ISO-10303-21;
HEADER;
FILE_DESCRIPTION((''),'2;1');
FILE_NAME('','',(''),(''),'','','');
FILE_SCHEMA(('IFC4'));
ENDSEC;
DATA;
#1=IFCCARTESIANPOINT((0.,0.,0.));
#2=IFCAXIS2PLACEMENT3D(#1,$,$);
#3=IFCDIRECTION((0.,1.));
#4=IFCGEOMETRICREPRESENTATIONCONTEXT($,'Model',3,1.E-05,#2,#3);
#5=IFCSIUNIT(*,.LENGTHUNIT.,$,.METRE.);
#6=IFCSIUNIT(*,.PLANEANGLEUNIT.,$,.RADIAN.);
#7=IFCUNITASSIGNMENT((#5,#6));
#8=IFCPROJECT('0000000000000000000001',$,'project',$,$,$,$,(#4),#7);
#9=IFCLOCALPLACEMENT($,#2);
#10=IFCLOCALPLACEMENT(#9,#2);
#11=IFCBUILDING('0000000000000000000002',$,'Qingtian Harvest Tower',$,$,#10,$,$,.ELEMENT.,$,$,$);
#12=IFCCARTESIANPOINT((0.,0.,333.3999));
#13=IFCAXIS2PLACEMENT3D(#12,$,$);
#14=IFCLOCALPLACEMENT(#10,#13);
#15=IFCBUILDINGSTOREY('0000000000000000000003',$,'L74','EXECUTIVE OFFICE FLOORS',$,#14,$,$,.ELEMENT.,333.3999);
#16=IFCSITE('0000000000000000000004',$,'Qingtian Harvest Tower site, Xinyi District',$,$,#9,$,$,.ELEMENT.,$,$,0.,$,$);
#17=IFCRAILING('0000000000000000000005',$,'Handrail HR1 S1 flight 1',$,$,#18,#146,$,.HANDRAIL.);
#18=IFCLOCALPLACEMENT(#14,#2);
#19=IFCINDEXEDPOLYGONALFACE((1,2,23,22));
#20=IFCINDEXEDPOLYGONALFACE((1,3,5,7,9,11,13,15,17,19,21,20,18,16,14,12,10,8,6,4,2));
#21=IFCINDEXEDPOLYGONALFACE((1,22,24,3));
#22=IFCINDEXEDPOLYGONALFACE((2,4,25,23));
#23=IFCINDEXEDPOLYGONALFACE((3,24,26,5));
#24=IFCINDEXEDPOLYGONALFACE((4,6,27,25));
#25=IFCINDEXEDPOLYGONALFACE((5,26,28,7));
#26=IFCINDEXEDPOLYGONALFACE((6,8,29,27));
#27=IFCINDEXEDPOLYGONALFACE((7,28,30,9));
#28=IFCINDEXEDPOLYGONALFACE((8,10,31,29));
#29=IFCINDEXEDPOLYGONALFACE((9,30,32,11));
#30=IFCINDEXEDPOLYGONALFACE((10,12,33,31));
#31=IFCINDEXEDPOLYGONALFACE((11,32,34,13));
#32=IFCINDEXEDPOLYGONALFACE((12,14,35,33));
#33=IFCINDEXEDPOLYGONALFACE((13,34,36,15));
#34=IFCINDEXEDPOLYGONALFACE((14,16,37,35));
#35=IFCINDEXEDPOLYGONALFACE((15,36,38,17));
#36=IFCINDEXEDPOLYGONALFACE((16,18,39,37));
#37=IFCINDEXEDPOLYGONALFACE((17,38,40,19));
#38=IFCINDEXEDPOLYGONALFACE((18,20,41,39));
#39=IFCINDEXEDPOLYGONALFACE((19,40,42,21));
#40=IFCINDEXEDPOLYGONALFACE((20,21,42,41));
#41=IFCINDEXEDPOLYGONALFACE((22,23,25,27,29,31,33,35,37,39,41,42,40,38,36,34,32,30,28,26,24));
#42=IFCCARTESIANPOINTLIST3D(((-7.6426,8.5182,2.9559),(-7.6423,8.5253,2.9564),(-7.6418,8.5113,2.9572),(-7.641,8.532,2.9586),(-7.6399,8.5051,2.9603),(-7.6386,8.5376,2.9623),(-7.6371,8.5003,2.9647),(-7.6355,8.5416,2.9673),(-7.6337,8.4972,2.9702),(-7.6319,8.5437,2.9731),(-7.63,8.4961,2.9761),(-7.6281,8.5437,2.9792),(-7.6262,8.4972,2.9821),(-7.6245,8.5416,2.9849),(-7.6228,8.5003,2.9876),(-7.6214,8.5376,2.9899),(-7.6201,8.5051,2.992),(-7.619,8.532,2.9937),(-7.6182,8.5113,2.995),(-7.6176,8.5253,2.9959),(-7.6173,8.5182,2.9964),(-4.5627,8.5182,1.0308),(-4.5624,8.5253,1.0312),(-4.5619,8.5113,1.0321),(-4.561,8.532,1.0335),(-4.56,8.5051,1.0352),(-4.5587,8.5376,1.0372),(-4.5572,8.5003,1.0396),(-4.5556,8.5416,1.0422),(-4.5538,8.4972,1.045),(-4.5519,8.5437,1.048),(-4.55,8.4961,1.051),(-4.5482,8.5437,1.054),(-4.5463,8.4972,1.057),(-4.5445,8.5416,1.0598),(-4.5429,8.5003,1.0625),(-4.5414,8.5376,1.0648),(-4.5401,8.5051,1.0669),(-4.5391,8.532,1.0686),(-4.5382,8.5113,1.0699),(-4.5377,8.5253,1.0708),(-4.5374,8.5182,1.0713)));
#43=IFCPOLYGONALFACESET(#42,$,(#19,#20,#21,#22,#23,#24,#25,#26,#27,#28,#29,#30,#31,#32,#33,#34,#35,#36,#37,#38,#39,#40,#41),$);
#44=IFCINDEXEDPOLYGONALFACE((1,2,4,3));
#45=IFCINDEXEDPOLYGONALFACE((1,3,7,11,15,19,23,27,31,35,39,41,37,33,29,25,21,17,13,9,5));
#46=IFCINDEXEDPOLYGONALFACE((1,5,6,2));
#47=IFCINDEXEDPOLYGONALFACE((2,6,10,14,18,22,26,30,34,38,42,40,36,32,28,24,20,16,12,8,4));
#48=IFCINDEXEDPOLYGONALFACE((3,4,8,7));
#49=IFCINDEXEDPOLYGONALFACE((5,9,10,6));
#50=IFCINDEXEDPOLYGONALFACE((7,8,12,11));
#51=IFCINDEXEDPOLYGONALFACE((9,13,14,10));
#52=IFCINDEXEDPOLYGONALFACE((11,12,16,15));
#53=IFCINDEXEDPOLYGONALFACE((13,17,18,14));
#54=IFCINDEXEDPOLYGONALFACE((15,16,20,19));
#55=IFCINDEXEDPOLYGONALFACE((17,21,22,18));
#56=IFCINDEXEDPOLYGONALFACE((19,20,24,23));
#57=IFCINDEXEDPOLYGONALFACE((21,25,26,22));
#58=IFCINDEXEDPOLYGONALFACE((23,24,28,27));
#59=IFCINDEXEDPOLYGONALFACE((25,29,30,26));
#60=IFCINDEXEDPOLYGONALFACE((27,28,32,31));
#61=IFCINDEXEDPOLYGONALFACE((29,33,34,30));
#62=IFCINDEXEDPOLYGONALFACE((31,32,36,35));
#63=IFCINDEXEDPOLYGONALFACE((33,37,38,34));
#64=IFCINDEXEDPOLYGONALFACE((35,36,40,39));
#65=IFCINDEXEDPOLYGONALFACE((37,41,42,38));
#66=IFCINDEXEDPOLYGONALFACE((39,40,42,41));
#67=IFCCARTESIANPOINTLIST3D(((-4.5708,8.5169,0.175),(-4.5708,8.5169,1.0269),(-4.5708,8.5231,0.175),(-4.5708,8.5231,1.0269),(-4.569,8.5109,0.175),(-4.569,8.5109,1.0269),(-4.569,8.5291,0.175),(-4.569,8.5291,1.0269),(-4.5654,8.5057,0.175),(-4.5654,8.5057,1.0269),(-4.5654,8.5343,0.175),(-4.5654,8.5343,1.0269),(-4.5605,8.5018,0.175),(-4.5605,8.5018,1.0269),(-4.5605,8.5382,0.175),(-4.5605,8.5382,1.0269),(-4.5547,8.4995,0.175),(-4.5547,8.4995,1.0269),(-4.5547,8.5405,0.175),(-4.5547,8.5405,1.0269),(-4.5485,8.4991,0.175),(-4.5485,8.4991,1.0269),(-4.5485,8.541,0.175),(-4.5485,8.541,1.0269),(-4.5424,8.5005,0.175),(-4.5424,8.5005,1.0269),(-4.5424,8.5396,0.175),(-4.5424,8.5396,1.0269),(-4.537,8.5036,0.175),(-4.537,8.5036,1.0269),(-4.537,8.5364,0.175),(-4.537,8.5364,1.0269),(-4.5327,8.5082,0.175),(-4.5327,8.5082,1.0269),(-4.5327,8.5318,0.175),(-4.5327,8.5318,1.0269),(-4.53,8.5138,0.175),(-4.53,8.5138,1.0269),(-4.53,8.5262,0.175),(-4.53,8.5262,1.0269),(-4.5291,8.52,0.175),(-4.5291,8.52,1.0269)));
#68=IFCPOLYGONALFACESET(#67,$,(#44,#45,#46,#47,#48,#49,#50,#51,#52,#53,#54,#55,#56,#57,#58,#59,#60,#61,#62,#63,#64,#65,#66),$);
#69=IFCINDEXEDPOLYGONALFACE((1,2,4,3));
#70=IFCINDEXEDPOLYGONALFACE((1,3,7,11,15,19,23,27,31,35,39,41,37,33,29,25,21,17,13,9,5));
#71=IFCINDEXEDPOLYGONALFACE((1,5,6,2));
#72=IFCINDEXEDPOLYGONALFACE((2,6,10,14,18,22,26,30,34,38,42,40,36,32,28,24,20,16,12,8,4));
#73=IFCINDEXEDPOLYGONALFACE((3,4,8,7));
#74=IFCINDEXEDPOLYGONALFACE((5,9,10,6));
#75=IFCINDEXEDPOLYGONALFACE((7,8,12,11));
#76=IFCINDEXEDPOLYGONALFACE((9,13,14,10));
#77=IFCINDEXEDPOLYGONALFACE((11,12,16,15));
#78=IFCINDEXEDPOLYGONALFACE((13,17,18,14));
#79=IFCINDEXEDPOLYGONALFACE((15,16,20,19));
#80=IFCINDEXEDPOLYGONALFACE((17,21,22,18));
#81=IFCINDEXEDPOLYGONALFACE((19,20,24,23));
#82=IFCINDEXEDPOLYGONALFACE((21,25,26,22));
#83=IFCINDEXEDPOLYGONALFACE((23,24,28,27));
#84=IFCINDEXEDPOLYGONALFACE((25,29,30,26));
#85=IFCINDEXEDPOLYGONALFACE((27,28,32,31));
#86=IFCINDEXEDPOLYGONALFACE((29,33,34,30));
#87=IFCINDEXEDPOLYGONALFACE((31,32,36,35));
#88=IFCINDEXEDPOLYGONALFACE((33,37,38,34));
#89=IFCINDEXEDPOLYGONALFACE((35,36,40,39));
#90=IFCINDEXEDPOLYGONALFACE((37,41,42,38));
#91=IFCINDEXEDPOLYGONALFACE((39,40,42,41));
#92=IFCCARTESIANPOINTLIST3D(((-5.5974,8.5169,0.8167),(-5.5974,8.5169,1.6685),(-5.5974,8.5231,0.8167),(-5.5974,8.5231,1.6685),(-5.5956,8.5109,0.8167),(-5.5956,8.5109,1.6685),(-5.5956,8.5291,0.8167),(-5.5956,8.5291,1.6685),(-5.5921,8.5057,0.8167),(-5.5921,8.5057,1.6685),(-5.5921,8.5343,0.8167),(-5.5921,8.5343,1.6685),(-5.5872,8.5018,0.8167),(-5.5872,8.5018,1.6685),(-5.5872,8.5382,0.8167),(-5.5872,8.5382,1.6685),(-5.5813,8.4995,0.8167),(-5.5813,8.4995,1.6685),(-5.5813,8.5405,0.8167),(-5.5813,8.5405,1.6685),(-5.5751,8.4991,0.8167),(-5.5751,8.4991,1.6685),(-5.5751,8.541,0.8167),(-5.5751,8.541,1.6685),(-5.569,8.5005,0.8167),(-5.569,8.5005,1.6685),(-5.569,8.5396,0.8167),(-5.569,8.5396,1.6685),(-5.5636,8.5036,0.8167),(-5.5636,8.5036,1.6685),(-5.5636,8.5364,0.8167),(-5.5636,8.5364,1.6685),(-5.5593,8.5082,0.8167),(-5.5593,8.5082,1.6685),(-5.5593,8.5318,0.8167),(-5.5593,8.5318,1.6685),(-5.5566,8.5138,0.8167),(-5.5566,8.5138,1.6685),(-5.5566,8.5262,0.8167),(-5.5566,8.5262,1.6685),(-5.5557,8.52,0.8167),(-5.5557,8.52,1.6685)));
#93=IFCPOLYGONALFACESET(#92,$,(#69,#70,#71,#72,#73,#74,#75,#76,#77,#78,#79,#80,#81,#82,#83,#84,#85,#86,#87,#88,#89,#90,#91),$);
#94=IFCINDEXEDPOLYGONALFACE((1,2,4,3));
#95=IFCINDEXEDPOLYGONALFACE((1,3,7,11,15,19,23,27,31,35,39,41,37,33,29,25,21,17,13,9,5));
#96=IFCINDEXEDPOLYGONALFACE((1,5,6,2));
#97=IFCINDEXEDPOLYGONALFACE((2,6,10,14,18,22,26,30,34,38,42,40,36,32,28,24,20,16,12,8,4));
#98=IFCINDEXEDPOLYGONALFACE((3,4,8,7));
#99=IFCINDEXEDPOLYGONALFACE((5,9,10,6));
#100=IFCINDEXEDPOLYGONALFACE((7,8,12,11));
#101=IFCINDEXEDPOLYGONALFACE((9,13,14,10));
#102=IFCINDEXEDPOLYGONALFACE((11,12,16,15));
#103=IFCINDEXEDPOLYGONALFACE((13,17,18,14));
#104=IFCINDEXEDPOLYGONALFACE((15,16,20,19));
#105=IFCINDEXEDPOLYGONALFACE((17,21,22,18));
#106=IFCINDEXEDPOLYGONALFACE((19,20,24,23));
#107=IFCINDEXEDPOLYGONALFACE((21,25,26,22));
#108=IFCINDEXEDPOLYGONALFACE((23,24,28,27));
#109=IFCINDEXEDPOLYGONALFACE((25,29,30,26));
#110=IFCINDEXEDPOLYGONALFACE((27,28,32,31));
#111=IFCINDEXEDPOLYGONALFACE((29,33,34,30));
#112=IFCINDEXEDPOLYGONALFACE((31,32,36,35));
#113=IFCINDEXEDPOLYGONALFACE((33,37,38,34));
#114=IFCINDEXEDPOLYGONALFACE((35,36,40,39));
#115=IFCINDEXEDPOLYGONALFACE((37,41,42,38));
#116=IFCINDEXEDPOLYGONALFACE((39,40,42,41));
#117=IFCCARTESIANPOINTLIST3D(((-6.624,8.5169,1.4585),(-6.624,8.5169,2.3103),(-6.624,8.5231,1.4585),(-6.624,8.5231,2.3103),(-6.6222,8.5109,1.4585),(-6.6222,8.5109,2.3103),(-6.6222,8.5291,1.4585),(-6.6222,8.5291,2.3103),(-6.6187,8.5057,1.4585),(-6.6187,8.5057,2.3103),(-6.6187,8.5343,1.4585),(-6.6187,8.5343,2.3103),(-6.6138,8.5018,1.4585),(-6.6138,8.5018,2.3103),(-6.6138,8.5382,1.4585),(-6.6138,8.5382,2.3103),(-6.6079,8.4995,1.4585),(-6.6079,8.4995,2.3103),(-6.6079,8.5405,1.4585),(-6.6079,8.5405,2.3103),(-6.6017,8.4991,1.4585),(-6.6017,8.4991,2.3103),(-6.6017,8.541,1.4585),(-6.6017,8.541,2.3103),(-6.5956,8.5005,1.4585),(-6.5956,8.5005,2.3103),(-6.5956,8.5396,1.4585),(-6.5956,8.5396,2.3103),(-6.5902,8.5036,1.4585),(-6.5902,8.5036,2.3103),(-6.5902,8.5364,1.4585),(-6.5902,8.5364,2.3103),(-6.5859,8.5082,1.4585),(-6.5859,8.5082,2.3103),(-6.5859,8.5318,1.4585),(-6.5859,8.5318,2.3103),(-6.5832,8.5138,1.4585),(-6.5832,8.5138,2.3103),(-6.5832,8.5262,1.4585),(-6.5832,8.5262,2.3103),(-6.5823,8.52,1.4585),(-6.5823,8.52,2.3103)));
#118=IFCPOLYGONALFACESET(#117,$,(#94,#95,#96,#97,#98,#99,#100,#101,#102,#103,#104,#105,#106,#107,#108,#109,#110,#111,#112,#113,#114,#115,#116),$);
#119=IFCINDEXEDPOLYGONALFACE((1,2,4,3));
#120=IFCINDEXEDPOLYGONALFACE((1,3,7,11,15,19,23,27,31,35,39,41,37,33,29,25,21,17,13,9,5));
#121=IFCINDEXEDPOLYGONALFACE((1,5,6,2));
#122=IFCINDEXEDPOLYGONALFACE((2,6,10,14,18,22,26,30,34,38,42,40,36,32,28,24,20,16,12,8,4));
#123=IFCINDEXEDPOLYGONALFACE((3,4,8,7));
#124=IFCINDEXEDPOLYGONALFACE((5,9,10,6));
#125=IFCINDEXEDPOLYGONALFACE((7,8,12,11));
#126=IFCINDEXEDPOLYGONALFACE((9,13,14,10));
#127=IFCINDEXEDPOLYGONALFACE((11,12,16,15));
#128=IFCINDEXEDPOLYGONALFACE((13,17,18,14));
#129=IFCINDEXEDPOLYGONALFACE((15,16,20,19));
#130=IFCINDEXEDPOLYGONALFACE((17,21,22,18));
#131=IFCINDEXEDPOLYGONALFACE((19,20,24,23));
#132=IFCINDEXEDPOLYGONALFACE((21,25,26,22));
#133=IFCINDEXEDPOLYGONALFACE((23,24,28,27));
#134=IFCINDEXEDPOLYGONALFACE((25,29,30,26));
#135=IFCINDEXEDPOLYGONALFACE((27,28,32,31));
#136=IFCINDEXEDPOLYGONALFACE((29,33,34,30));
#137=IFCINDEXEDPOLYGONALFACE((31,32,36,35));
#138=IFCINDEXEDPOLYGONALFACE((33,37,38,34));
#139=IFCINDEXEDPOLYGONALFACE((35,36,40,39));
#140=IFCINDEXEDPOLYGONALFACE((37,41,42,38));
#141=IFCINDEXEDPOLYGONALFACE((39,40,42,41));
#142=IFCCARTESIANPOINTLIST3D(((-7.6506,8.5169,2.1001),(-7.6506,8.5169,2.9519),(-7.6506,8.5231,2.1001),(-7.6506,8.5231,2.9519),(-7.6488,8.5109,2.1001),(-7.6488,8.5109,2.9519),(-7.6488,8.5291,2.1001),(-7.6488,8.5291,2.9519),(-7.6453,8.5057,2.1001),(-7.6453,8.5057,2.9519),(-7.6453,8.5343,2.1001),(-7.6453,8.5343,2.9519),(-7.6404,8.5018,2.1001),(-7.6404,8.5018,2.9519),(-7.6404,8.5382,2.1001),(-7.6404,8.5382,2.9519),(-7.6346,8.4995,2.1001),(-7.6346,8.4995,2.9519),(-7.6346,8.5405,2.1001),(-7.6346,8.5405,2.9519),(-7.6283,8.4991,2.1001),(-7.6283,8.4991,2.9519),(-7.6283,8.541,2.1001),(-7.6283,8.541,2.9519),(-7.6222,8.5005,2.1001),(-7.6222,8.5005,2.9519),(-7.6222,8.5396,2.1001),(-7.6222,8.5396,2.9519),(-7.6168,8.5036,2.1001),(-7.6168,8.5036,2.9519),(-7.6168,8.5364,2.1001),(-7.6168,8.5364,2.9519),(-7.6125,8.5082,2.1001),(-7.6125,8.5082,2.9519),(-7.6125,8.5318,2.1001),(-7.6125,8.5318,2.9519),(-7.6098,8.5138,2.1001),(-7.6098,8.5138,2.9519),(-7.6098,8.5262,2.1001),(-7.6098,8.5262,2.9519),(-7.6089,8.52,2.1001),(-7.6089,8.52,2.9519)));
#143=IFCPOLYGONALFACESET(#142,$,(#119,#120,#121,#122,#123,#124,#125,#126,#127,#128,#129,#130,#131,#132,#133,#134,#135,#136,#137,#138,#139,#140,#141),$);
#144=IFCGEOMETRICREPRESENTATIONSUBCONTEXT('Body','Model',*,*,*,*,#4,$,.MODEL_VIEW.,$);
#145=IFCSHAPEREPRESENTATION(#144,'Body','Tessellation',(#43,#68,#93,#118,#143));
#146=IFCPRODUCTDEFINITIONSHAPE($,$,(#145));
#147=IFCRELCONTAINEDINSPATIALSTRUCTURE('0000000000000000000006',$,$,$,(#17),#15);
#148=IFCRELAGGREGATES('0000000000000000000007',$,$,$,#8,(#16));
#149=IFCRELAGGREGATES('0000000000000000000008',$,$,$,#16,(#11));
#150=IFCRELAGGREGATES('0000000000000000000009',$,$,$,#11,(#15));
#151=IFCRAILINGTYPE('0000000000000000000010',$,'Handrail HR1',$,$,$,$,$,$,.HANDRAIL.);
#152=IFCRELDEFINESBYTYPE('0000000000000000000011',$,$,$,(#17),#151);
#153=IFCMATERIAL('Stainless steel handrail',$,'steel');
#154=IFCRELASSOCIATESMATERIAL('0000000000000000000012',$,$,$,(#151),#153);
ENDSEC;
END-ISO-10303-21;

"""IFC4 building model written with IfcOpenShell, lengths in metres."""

from ifc_helpers import new_model, si_unit, direction, frame, origin, origin_2d, place, context, subcontext, project, spatial, circle, extrude, material, type_object, element, save


model = new_model("IFC4")

# Units and contexts
model_context = context("Model", 3, precision=1e-05, world=origin(), true_north=direction((0.0, 1.0)))
body_context = subcontext(model_context, "Body", "Model", "MODEL_VIEW")
ifc_project = project(units=[si_unit("LENGTHUNIT", "METRE"), si_unit("PLANEANGLEUNIT", "RADIAN")], contexts=[model_context])

# Site, building, storey
site_placement = place(None, origin())
site = spatial("IfcSite", under=ifc_project, at=site_placement, Name="Qingtian Harvest Tower site, Xinyi District", CompositionType="ELEMENT", RefElevation=0.0)
building_placement = place(site_placement, origin())
building = spatial("IfcBuilding", under=site, at=building_placement, Name="Qingtian Harvest Tower", CompositionType="ELEMENT")
storey_placement = place(building_placement, frame((0.0, 0.0, 333.3999)))
storey = spatial("IfcBuildingStorey", under=building, at=storey_placement, Name="L74", Description="EXECUTIVE OFFICE FLOORS", CompositionType="ELEMENT", Elevation=333.3999)

# Railing
ifc_material_1 = material(Name="Stainless steel handrail", Category="steel")
railing_type = type_object("IfcRailingType", Name="Handrail HR1", PredefinedType="HANDRAIL", material=ifc_material_1)
railing_1_placement = place(storey_placement, frame((-4.55, 8.52, 0.175)))
element("IfcRailing", 1, at=railing_1_placement, inside=storey, type_object=railing_type, Name="Handrail HR1 S1 flight 1", PredefinedType="HANDRAIL", context=body_context, shape_type="SweptSolid", body=[
    extrude(circle(Radius=0.0239, at=origin_2d()), frame((0.0, 0.0, 0.876), z_axis=(-0.847979, 0.0, 0.530029), x_axis=(0.0, -1.0, 0.0)), (0.0, 0.0, 1.0), 3.6321),
    extrude(circle(Radius=0.021, at=origin_2d()), origin(), (0.0, 0.0, 1.0), 0.8518),
    extrude(circle(Radius=0.021, at=origin_2d()), frame((-1.0266, 0.0, 0.6416)), (0.0, 0.0, 1.0), 0.8518),
    extrude(circle(Radius=0.021, at=origin_2d()), frame((-2.0532, 0.0, 1.2834)), (0.0, 0.0, 1.0), 0.8518),
    extrude(circle(Radius=0.021, at=origin_2d()), frame((-3.0798, 0.0, 1.925)), (0.0, 0.0, 1.0), 0.8518),
])

save(model, "model.ifc")
